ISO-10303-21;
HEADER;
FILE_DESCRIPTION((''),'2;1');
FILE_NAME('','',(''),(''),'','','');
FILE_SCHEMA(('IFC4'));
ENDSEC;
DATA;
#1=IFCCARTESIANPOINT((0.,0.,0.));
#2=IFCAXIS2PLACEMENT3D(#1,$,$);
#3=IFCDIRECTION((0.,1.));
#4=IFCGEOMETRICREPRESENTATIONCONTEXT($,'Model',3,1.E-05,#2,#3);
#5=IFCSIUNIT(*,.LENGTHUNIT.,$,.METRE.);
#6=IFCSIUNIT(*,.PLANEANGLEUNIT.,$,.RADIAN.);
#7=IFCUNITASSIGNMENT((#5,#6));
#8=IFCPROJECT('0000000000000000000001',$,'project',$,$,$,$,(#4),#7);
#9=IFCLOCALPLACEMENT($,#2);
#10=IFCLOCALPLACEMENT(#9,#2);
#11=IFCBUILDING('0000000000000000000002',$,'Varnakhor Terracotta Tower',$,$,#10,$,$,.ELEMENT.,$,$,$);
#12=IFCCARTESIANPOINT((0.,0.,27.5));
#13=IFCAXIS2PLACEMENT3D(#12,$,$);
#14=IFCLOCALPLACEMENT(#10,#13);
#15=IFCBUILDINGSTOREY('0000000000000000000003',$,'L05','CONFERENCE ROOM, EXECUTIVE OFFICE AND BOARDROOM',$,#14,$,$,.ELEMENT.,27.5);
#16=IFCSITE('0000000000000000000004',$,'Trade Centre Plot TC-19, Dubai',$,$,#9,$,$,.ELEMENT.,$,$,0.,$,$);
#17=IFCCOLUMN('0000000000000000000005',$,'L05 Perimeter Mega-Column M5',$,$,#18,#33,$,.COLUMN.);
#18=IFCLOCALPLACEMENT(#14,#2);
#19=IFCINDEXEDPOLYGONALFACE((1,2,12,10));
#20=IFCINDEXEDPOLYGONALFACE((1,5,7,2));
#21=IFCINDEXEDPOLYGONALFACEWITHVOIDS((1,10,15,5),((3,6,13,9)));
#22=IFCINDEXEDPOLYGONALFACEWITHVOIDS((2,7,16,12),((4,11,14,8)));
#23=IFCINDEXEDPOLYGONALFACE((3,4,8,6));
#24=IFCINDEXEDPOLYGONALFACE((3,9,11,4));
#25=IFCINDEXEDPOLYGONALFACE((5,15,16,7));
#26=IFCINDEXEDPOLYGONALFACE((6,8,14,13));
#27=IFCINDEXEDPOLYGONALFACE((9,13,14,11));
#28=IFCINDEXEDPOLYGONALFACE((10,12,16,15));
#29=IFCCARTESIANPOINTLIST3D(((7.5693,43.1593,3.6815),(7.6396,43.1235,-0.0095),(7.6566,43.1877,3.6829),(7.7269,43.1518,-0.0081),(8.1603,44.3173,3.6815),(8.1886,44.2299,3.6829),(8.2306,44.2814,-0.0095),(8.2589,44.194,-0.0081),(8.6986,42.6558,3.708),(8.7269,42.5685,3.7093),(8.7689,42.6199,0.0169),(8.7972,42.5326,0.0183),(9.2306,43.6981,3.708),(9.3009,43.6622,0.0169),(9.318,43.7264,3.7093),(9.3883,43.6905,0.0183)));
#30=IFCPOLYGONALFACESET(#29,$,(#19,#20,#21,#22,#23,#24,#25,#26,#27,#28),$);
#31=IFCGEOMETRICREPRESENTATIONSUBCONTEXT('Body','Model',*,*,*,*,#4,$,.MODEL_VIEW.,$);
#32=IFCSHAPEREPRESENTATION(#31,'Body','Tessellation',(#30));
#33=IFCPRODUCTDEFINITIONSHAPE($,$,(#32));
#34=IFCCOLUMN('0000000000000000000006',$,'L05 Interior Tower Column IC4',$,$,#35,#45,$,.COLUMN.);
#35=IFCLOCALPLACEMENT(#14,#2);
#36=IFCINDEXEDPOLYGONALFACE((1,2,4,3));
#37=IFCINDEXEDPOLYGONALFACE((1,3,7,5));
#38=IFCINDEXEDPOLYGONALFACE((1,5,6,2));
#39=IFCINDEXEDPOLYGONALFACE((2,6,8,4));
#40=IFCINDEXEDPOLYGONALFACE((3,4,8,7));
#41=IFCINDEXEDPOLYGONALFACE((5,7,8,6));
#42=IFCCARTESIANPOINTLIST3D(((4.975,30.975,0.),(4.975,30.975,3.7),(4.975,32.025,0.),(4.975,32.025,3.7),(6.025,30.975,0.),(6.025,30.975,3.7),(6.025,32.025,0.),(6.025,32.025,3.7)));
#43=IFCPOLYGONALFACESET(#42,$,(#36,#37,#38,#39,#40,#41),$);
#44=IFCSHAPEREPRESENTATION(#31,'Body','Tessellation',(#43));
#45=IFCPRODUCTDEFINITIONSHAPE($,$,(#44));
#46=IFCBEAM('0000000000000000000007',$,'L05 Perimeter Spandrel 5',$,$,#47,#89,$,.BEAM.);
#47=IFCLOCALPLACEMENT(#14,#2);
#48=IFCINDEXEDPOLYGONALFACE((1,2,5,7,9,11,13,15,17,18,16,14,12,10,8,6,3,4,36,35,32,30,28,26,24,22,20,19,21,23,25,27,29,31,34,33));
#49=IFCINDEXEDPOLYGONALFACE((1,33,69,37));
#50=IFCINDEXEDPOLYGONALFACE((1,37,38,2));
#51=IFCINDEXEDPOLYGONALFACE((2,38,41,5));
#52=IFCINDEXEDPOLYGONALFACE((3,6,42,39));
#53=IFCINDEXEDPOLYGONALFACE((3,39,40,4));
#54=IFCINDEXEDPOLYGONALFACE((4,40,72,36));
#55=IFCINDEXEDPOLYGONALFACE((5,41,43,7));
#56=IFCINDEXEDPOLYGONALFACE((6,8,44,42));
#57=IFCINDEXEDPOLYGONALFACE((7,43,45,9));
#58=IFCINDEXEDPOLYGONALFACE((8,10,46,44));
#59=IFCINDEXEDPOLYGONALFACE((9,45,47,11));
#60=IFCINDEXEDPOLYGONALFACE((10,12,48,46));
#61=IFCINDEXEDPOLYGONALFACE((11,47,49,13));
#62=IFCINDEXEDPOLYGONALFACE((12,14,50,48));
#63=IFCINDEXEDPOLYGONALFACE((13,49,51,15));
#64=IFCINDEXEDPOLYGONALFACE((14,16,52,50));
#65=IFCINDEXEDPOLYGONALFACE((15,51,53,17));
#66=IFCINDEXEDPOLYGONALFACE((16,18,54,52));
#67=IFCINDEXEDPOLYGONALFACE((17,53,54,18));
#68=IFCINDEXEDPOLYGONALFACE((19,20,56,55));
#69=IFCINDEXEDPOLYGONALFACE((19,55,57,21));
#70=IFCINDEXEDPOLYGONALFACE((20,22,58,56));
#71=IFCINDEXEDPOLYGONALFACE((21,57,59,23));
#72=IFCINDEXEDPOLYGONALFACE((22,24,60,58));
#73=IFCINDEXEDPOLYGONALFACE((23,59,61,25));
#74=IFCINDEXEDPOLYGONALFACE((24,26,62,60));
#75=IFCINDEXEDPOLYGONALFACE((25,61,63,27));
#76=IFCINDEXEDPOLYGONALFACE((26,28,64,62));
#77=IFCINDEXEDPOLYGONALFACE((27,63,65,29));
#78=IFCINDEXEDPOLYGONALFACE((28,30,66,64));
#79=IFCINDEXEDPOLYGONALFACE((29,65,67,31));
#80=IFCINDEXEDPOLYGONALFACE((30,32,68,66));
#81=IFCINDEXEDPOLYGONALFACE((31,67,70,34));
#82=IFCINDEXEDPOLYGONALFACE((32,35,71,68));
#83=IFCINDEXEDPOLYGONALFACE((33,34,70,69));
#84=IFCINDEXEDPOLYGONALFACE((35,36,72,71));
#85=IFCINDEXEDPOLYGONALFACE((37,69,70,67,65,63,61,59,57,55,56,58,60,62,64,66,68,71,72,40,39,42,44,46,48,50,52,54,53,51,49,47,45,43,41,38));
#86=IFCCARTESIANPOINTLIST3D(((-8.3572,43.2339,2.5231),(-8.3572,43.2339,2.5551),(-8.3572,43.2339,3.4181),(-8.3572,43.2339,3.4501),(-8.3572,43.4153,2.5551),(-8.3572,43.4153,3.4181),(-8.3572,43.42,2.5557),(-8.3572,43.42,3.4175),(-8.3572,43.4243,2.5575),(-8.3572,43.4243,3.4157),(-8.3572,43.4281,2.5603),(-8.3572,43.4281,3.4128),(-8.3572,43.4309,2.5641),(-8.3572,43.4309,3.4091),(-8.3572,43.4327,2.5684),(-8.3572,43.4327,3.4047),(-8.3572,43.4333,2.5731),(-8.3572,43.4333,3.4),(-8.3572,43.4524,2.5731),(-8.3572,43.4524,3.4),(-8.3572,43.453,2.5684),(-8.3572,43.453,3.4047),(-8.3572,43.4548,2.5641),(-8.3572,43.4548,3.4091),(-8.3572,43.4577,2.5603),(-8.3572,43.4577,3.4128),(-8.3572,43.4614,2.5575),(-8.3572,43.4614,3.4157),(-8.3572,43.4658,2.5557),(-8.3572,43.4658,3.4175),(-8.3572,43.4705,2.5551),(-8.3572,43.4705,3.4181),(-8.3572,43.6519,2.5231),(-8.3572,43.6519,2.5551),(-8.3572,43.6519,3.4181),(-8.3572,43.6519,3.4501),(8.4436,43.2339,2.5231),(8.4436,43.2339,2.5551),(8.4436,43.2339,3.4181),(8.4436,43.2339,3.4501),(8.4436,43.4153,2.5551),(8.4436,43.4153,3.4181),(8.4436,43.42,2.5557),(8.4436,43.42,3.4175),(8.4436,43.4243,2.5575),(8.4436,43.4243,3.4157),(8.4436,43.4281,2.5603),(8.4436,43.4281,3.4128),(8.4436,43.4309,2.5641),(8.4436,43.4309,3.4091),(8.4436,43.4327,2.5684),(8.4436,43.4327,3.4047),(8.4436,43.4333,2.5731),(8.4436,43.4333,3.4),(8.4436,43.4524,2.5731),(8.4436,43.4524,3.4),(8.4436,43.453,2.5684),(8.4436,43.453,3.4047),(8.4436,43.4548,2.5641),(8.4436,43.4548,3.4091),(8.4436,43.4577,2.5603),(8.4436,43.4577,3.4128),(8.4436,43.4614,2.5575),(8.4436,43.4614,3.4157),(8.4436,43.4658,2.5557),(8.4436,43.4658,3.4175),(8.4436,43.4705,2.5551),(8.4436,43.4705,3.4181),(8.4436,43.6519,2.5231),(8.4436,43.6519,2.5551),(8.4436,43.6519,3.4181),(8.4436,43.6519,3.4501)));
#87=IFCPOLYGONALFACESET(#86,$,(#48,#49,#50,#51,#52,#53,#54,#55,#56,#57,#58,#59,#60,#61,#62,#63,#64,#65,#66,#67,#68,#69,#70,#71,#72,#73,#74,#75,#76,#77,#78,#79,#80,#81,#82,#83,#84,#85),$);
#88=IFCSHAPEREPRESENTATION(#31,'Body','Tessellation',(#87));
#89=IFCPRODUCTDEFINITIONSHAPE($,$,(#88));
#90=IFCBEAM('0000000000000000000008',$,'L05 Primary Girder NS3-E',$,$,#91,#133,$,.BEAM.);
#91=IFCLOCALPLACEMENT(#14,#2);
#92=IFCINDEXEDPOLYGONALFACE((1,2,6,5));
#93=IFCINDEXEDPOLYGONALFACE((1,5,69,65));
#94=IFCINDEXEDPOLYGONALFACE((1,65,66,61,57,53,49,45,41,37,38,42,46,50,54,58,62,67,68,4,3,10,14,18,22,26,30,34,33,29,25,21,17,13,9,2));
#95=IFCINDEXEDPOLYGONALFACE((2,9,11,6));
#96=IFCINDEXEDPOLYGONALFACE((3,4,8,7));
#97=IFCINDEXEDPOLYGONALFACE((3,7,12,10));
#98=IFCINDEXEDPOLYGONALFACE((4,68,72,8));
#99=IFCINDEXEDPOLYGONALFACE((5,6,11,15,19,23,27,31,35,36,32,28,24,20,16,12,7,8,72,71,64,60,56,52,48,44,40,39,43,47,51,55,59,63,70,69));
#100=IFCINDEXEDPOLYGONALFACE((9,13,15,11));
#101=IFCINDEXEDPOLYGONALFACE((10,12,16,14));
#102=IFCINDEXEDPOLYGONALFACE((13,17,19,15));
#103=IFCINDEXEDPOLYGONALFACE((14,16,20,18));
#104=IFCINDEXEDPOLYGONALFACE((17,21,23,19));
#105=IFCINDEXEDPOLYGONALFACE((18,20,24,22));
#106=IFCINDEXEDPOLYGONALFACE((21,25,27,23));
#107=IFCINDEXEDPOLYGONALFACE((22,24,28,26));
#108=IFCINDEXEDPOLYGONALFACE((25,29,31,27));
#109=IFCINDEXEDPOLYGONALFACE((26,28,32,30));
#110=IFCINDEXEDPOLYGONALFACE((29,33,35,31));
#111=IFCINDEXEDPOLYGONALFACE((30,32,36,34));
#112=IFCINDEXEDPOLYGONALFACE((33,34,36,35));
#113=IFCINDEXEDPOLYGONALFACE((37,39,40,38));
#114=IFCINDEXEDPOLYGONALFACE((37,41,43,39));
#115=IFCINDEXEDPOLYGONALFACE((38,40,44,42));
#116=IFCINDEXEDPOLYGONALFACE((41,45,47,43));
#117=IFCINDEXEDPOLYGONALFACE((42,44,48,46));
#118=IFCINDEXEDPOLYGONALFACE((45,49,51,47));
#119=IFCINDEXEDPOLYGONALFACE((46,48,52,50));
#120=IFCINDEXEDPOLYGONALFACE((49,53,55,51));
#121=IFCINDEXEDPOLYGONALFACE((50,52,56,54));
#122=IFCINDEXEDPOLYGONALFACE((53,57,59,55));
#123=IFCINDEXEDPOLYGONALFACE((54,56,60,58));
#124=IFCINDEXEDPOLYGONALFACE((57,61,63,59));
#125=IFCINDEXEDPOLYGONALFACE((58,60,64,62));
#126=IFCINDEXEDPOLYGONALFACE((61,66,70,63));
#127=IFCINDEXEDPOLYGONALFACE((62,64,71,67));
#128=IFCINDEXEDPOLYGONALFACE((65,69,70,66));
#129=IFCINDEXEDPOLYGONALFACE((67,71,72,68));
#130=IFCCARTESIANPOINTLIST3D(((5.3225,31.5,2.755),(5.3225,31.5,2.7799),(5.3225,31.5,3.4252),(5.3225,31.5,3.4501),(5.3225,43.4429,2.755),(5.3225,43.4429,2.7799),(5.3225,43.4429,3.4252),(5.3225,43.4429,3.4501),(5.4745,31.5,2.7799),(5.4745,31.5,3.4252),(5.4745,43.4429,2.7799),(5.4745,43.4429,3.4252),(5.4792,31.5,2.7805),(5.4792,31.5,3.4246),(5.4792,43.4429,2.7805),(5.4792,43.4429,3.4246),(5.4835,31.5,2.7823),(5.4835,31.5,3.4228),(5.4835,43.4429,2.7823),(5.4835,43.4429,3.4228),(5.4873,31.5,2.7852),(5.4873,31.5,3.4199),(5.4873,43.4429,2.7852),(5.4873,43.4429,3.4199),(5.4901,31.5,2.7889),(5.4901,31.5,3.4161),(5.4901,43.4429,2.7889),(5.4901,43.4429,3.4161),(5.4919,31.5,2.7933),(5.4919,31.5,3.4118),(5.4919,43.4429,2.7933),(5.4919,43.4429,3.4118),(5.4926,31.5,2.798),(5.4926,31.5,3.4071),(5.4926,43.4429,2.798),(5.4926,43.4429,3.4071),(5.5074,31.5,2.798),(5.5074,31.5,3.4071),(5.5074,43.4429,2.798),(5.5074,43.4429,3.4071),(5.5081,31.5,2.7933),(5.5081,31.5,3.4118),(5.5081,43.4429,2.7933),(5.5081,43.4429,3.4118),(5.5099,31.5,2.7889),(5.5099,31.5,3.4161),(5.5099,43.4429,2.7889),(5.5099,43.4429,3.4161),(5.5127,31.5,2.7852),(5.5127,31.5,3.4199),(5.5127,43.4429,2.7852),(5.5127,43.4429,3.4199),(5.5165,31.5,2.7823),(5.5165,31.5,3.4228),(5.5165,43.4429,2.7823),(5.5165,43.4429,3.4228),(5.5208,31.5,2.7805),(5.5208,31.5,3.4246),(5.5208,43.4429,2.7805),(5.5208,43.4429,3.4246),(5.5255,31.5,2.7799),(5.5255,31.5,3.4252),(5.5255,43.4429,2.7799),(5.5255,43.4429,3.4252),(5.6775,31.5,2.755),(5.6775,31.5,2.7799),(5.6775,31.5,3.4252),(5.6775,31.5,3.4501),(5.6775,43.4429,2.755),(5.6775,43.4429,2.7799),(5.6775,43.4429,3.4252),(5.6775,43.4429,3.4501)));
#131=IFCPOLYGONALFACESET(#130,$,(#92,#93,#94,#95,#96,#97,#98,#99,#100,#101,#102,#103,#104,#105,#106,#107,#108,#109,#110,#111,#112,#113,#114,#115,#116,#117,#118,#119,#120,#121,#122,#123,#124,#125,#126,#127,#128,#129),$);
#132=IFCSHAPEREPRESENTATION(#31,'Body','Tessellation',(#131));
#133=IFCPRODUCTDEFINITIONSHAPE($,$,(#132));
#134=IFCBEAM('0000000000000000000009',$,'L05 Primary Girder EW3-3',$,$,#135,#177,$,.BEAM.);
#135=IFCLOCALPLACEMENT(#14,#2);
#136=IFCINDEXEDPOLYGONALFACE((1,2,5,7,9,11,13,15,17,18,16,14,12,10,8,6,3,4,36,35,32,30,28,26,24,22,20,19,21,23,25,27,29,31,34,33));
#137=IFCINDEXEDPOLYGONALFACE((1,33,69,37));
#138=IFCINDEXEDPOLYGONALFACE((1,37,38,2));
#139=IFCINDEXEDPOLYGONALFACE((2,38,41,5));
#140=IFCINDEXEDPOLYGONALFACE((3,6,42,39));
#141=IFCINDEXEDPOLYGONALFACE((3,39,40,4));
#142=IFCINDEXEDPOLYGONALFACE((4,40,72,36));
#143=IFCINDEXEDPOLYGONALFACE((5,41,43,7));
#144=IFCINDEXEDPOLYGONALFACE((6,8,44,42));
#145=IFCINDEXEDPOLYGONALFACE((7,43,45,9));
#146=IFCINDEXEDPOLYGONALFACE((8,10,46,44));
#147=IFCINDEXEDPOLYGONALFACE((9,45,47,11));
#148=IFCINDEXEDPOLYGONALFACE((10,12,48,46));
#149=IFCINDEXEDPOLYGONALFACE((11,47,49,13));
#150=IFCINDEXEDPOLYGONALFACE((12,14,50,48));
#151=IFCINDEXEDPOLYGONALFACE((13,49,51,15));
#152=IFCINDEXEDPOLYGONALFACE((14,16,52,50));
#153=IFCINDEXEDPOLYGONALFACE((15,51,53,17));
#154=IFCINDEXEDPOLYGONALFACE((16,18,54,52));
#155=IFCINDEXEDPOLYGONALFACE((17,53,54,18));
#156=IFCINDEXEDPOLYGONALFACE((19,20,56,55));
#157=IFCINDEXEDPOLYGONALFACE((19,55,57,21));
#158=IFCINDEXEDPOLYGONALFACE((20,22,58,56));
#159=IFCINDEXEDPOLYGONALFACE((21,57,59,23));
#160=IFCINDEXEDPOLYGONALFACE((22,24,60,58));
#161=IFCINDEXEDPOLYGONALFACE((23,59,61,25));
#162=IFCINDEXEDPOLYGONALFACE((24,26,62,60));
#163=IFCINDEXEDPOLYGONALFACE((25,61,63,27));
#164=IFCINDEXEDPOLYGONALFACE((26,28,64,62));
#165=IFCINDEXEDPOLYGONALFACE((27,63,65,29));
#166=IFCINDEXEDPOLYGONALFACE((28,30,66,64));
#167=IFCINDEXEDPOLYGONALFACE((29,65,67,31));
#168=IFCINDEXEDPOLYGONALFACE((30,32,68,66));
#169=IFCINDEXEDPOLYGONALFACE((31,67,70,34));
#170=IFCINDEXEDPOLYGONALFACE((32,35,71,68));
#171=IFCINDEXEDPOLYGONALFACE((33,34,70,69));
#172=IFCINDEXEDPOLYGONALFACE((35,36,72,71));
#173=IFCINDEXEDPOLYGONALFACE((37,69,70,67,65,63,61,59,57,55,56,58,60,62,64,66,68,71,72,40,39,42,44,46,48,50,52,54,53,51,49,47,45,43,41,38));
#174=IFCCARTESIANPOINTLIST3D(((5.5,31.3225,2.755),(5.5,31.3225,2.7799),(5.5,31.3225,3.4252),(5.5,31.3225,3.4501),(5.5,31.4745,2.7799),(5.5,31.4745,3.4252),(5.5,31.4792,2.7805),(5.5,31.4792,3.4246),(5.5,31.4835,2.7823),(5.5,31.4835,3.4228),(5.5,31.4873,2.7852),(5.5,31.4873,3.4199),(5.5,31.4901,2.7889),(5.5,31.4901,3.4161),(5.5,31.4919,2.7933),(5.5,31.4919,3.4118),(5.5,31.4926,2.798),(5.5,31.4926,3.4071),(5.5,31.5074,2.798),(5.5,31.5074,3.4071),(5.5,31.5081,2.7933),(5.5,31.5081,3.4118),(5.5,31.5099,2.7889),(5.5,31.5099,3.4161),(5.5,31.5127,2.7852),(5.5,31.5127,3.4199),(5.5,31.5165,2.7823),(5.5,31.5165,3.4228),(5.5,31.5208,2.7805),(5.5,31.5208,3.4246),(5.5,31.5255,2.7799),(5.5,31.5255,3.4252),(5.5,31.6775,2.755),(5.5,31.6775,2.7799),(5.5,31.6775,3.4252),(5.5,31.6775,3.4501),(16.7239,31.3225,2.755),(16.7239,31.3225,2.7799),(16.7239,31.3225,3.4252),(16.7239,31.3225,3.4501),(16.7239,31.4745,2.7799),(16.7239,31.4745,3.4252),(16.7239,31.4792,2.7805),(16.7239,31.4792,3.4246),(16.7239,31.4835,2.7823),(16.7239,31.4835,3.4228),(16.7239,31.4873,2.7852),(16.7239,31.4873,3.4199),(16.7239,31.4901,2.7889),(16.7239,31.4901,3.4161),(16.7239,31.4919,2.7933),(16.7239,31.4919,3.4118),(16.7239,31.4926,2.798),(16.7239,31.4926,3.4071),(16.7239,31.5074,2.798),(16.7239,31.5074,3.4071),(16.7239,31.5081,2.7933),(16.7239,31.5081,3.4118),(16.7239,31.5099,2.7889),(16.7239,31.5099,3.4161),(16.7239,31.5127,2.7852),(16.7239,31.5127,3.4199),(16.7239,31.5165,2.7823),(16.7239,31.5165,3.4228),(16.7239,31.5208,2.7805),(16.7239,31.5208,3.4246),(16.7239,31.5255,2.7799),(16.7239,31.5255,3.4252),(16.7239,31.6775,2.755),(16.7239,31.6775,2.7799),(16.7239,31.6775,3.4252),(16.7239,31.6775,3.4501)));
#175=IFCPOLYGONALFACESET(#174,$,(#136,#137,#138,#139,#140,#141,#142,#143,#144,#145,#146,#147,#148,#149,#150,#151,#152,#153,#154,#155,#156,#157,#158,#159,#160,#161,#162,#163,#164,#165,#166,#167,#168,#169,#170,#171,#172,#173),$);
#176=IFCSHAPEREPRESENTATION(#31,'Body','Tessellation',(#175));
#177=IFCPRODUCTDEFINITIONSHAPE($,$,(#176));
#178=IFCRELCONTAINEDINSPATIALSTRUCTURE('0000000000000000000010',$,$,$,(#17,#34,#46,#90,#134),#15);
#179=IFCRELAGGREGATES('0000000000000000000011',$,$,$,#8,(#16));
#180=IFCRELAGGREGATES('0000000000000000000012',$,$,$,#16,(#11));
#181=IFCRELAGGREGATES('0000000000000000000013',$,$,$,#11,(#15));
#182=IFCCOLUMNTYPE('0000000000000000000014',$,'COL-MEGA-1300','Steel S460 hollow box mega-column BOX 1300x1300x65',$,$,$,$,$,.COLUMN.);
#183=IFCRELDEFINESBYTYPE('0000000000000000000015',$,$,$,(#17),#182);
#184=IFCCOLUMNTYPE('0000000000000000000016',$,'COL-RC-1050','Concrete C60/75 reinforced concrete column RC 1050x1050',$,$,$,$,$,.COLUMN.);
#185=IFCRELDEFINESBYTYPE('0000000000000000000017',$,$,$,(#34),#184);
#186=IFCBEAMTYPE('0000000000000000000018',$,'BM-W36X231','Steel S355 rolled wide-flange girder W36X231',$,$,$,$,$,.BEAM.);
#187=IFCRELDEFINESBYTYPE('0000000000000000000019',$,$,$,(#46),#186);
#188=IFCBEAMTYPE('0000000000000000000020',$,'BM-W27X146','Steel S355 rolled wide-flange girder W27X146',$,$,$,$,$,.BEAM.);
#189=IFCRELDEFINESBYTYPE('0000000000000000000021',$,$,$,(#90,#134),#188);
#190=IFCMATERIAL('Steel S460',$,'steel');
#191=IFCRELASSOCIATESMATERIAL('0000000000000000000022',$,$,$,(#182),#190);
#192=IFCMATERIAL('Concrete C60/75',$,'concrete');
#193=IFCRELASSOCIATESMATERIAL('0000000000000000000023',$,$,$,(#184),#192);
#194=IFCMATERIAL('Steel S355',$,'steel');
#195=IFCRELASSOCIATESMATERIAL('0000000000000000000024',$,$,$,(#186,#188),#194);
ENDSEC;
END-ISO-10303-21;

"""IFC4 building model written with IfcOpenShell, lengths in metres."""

from ifc_helpers import new_model, si_unit, direction, frame, origin, origin_2d, place, context, subcontext, project, spatial, rectangle, hollow_rectangle, i_section, extrude, source, transform, mapped, material, material_profile, profile_set, type_object, type_shapes, element, save


model = new_model("IFC4")

# Units and contexts
model_context = context("Model", 3, precision=1e-05, world=origin(), true_north=direction((0.0, 1.0)))
body_context = subcontext(model_context, "Body", "Model", "MODEL_VIEW")
ifc_project = project(units=[si_unit("LENGTHUNIT", "METRE"), si_unit("PLANEANGLEUNIT", "RADIAN")], contexts=[model_context])

# Site, building, storey
site_placement = place(None, origin())
site = spatial("IfcSite", under=ifc_project, at=site_placement, Name="Trade Centre Plot TC-19, Dubai", CompositionType="ELEMENT", RefElevation=0.0)
building_placement = place(site_placement, origin())
building = spatial("IfcBuilding", under=site, at=building_placement, Name="Varnakhor Terracotta Tower", CompositionType="ELEMENT")
storey_placement = place(building_placement, frame((0.0, 0.0, 27.5)))
storey = spatial("IfcBuildingStorey", under=building, at=storey_placement, Name="L05", Description="CONFERENCE ROOM, EXECUTIVE OFFICE AND BOARDROOM", CompositionType="ELEMENT", Elevation=27.5)

# Columns
ifc_material_1 = material(Name="Steel S460", Category="steel")
ifc_material_profile_1 = material_profile(ifc_material_1, hollow_rectangle(XDim=1.3, YDim=1.3, WallThickness=0.0649, at=origin_2d()), Name="BOX 1300x1300x65")
ifc_profile_set_1 = profile_set([ifc_material_profile_1], Name="Steel S460")
column_type_1 = type_object("IfcColumnType", Name="COL-MEGA-1300", Description="Steel S460 hollow box mega-column BOX 1300x1300x65", PredefinedType="COLUMN", material=ifc_profile_set_1)
shared_shape_1 = source(origin(), body_context, "Body", "SweptSolid", [
    extrude(hollow_rectangle(XDim=1.3, YDim=1.3, WallThickness=0.0649, at=origin_2d()), origin(), (0.0, 0.0, 1.0), 3.6919),
])
type_shapes(column_type_1, [shared_shape_1])
column_1_placement = place(storey_placement, frame((8.5139, 43.407, 0.0044), z_axis=(-0.019045, 0.009721, 0.999771), x_axis=(-0.454621, -0.890685, 0.0)))
element("IfcColumn", 1, at=column_1_placement, inside=storey, type_object=column_type_1, Name="L05 Perimeter Mega-Column M5", PredefinedType="COLUMN", context=body_context, shape_type="MappedRepresentation", body=[
    mapped(shared_shape_1, transform((0.0, 0.0, 0.0), scale=1.0)),
])
ifc_material_2 = material(Name="Concrete C60/75", Category="concrete")
ifc_material_profile_2 = material_profile(ifc_material_2, rectangle(XDim=1.05, YDim=1.05, at=origin_2d()), Name="RC 1050x1050")
ifc_profile_set_2 = profile_set([ifc_material_profile_2], Name="Concrete C60/75")
column_type_2 = type_object("IfcColumnType", Name="COL-RC-1050", Description="Concrete C60/75 reinforced concrete column RC 1050x1050", PredefinedType="COLUMN", material=ifc_profile_set_2)
shared_shape_2 = source(origin(), body_context, "Body", "SweptSolid", [
    extrude(rectangle(XDim=1.05, YDim=1.05, at=origin_2d()), origin(), (0.0, 0.0, 1.0), 3.7),
])
column_2_placement = place(storey_placement, frame((5.5, 31.5, 0.0), z_axis=(0.0, 0.0, 1.0), x_axis=(1.0, 0.0, 0.0)))
element("IfcColumn", 2, at=column_2_placement, inside=storey, type_object=column_type_2, Name="L05 Interior Tower Column IC4", PredefinedType="COLUMN", context=body_context, shape_type="MappedRepresentation", body=[
    mapped(shared_shape_2, transform((0.0, 0.0, 0.0), scale=1.0)),
])

# Beams
ifc_material_3 = material(Name="Steel S355", Category="steel")
ifc_material_profile_3 = material_profile(ifc_material_3, i_section(OverallWidth=0.418, OverallDepth=0.927, WebThickness=0.019, FlangeThickness=0.032, FilletRadius=0.0181, at=origin_2d()), Name="W36X231")
ifc_profile_set_3 = profile_set([ifc_material_profile_3], Name="Steel S355")
beam_type_1 = type_object("IfcBeamType", Name="BM-W36X231", Description="Steel S355 rolled wide-flange girder W36X231", PredefinedType="BEAM", material=ifc_profile_set_3)
shared_shape_3 = source(origin(), body_context, "Body", "SweptSolid", [
    extrude(i_section(OverallWidth=0.418, OverallDepth=0.927, WebThickness=0.019, FlangeThickness=0.032, FilletRadius=0.0181, at=origin_2d()), origin(), (0.0, 0.0, 1.0), 16.8008),
])
beam_1_placement = place(storey_placement, frame((8.4436, 43.4429, 2.9866), z_axis=(-1.0, 0.0, 0.0), x_axis=(0.0, -1.0, 0.0)))
element("IfcBeam", 3, at=beam_1_placement, inside=storey, type_object=beam_type_1, Name="L05 Perimeter Spandrel 5", PredefinedType="BEAM", context=body_context, shape_type="MappedRepresentation", body=[
    mapped(shared_shape_3, transform((0.0, 0.0, 0.0), scale=1.0)),
])
ifc_material_profile_4 = material_profile(ifc_material_3, i_section(OverallWidth=0.355, OverallDepth=0.6951, WebThickness=0.0149, FlangeThickness=0.0249, FilletRadius=0.0181, at=origin_2d()), Name="W27X146")
ifc_profile_set_4 = profile_set([ifc_material_profile_4], Name="Steel S355")
beam_type_2 = type_object("IfcBeamType", Name="BM-W27X146", Description="Steel S355 rolled wide-flange girder W27X146", PredefinedType="BEAM", material=ifc_profile_set_4)
shared_shape_4 = source(origin(), body_context, "Body", "SweptSolid", [
    extrude(i_section(OverallWidth=0.355, OverallDepth=0.6951, WebThickness=0.0149, FlangeThickness=0.0249, FilletRadius=0.0181, at=origin_2d()), origin(), (0.0, 0.0, 1.0), 11.9429),
])
beam_2_placement = place(storey_placement, frame((5.5, 31.5, 3.1025), z_axis=(0.0, 1.0, 0.0), x_axis=(-1.0, 0.0, 0.0)))
element("IfcBeam", 4, at=beam_2_placement, inside=storey, type_object=beam_type_2, Name="L05 Primary Girder NS3-E", PredefinedType="BEAM", context=body_context, shape_type="MappedRepresentation", body=[
    mapped(shared_shape_4, transform((0.0, 0.0, 0.0), scale=1.0)),
])
shared_shape_5 = source(origin(), body_context, "Body", "SweptSolid", [
    extrude(i_section(OverallWidth=0.355, OverallDepth=0.6951, WebThickness=0.0149, FlangeThickness=0.0249, FilletRadius=0.0181, at=origin_2d()), origin(), (0.0, 0.0, 1.0), 11.2239),
])
beam_3_placement = place(storey_placement, frame((5.5, 31.5, 3.1025), z_axis=(1.0, 0.0, 0.0), x_axis=(0.0, 1.0, 0.0)))
element("IfcBeam", 5, at=beam_3_placement, inside=storey, type_object=beam_type_2, Name="L05 Primary Girder EW3-3", PredefinedType="BEAM", context=body_context, shape_type="MappedRepresentation", body=[
    mapped(shared_shape_5, transform((0.0, 0.0, 0.0), scale=1.0)),
])

save(model, "model.ifc")
